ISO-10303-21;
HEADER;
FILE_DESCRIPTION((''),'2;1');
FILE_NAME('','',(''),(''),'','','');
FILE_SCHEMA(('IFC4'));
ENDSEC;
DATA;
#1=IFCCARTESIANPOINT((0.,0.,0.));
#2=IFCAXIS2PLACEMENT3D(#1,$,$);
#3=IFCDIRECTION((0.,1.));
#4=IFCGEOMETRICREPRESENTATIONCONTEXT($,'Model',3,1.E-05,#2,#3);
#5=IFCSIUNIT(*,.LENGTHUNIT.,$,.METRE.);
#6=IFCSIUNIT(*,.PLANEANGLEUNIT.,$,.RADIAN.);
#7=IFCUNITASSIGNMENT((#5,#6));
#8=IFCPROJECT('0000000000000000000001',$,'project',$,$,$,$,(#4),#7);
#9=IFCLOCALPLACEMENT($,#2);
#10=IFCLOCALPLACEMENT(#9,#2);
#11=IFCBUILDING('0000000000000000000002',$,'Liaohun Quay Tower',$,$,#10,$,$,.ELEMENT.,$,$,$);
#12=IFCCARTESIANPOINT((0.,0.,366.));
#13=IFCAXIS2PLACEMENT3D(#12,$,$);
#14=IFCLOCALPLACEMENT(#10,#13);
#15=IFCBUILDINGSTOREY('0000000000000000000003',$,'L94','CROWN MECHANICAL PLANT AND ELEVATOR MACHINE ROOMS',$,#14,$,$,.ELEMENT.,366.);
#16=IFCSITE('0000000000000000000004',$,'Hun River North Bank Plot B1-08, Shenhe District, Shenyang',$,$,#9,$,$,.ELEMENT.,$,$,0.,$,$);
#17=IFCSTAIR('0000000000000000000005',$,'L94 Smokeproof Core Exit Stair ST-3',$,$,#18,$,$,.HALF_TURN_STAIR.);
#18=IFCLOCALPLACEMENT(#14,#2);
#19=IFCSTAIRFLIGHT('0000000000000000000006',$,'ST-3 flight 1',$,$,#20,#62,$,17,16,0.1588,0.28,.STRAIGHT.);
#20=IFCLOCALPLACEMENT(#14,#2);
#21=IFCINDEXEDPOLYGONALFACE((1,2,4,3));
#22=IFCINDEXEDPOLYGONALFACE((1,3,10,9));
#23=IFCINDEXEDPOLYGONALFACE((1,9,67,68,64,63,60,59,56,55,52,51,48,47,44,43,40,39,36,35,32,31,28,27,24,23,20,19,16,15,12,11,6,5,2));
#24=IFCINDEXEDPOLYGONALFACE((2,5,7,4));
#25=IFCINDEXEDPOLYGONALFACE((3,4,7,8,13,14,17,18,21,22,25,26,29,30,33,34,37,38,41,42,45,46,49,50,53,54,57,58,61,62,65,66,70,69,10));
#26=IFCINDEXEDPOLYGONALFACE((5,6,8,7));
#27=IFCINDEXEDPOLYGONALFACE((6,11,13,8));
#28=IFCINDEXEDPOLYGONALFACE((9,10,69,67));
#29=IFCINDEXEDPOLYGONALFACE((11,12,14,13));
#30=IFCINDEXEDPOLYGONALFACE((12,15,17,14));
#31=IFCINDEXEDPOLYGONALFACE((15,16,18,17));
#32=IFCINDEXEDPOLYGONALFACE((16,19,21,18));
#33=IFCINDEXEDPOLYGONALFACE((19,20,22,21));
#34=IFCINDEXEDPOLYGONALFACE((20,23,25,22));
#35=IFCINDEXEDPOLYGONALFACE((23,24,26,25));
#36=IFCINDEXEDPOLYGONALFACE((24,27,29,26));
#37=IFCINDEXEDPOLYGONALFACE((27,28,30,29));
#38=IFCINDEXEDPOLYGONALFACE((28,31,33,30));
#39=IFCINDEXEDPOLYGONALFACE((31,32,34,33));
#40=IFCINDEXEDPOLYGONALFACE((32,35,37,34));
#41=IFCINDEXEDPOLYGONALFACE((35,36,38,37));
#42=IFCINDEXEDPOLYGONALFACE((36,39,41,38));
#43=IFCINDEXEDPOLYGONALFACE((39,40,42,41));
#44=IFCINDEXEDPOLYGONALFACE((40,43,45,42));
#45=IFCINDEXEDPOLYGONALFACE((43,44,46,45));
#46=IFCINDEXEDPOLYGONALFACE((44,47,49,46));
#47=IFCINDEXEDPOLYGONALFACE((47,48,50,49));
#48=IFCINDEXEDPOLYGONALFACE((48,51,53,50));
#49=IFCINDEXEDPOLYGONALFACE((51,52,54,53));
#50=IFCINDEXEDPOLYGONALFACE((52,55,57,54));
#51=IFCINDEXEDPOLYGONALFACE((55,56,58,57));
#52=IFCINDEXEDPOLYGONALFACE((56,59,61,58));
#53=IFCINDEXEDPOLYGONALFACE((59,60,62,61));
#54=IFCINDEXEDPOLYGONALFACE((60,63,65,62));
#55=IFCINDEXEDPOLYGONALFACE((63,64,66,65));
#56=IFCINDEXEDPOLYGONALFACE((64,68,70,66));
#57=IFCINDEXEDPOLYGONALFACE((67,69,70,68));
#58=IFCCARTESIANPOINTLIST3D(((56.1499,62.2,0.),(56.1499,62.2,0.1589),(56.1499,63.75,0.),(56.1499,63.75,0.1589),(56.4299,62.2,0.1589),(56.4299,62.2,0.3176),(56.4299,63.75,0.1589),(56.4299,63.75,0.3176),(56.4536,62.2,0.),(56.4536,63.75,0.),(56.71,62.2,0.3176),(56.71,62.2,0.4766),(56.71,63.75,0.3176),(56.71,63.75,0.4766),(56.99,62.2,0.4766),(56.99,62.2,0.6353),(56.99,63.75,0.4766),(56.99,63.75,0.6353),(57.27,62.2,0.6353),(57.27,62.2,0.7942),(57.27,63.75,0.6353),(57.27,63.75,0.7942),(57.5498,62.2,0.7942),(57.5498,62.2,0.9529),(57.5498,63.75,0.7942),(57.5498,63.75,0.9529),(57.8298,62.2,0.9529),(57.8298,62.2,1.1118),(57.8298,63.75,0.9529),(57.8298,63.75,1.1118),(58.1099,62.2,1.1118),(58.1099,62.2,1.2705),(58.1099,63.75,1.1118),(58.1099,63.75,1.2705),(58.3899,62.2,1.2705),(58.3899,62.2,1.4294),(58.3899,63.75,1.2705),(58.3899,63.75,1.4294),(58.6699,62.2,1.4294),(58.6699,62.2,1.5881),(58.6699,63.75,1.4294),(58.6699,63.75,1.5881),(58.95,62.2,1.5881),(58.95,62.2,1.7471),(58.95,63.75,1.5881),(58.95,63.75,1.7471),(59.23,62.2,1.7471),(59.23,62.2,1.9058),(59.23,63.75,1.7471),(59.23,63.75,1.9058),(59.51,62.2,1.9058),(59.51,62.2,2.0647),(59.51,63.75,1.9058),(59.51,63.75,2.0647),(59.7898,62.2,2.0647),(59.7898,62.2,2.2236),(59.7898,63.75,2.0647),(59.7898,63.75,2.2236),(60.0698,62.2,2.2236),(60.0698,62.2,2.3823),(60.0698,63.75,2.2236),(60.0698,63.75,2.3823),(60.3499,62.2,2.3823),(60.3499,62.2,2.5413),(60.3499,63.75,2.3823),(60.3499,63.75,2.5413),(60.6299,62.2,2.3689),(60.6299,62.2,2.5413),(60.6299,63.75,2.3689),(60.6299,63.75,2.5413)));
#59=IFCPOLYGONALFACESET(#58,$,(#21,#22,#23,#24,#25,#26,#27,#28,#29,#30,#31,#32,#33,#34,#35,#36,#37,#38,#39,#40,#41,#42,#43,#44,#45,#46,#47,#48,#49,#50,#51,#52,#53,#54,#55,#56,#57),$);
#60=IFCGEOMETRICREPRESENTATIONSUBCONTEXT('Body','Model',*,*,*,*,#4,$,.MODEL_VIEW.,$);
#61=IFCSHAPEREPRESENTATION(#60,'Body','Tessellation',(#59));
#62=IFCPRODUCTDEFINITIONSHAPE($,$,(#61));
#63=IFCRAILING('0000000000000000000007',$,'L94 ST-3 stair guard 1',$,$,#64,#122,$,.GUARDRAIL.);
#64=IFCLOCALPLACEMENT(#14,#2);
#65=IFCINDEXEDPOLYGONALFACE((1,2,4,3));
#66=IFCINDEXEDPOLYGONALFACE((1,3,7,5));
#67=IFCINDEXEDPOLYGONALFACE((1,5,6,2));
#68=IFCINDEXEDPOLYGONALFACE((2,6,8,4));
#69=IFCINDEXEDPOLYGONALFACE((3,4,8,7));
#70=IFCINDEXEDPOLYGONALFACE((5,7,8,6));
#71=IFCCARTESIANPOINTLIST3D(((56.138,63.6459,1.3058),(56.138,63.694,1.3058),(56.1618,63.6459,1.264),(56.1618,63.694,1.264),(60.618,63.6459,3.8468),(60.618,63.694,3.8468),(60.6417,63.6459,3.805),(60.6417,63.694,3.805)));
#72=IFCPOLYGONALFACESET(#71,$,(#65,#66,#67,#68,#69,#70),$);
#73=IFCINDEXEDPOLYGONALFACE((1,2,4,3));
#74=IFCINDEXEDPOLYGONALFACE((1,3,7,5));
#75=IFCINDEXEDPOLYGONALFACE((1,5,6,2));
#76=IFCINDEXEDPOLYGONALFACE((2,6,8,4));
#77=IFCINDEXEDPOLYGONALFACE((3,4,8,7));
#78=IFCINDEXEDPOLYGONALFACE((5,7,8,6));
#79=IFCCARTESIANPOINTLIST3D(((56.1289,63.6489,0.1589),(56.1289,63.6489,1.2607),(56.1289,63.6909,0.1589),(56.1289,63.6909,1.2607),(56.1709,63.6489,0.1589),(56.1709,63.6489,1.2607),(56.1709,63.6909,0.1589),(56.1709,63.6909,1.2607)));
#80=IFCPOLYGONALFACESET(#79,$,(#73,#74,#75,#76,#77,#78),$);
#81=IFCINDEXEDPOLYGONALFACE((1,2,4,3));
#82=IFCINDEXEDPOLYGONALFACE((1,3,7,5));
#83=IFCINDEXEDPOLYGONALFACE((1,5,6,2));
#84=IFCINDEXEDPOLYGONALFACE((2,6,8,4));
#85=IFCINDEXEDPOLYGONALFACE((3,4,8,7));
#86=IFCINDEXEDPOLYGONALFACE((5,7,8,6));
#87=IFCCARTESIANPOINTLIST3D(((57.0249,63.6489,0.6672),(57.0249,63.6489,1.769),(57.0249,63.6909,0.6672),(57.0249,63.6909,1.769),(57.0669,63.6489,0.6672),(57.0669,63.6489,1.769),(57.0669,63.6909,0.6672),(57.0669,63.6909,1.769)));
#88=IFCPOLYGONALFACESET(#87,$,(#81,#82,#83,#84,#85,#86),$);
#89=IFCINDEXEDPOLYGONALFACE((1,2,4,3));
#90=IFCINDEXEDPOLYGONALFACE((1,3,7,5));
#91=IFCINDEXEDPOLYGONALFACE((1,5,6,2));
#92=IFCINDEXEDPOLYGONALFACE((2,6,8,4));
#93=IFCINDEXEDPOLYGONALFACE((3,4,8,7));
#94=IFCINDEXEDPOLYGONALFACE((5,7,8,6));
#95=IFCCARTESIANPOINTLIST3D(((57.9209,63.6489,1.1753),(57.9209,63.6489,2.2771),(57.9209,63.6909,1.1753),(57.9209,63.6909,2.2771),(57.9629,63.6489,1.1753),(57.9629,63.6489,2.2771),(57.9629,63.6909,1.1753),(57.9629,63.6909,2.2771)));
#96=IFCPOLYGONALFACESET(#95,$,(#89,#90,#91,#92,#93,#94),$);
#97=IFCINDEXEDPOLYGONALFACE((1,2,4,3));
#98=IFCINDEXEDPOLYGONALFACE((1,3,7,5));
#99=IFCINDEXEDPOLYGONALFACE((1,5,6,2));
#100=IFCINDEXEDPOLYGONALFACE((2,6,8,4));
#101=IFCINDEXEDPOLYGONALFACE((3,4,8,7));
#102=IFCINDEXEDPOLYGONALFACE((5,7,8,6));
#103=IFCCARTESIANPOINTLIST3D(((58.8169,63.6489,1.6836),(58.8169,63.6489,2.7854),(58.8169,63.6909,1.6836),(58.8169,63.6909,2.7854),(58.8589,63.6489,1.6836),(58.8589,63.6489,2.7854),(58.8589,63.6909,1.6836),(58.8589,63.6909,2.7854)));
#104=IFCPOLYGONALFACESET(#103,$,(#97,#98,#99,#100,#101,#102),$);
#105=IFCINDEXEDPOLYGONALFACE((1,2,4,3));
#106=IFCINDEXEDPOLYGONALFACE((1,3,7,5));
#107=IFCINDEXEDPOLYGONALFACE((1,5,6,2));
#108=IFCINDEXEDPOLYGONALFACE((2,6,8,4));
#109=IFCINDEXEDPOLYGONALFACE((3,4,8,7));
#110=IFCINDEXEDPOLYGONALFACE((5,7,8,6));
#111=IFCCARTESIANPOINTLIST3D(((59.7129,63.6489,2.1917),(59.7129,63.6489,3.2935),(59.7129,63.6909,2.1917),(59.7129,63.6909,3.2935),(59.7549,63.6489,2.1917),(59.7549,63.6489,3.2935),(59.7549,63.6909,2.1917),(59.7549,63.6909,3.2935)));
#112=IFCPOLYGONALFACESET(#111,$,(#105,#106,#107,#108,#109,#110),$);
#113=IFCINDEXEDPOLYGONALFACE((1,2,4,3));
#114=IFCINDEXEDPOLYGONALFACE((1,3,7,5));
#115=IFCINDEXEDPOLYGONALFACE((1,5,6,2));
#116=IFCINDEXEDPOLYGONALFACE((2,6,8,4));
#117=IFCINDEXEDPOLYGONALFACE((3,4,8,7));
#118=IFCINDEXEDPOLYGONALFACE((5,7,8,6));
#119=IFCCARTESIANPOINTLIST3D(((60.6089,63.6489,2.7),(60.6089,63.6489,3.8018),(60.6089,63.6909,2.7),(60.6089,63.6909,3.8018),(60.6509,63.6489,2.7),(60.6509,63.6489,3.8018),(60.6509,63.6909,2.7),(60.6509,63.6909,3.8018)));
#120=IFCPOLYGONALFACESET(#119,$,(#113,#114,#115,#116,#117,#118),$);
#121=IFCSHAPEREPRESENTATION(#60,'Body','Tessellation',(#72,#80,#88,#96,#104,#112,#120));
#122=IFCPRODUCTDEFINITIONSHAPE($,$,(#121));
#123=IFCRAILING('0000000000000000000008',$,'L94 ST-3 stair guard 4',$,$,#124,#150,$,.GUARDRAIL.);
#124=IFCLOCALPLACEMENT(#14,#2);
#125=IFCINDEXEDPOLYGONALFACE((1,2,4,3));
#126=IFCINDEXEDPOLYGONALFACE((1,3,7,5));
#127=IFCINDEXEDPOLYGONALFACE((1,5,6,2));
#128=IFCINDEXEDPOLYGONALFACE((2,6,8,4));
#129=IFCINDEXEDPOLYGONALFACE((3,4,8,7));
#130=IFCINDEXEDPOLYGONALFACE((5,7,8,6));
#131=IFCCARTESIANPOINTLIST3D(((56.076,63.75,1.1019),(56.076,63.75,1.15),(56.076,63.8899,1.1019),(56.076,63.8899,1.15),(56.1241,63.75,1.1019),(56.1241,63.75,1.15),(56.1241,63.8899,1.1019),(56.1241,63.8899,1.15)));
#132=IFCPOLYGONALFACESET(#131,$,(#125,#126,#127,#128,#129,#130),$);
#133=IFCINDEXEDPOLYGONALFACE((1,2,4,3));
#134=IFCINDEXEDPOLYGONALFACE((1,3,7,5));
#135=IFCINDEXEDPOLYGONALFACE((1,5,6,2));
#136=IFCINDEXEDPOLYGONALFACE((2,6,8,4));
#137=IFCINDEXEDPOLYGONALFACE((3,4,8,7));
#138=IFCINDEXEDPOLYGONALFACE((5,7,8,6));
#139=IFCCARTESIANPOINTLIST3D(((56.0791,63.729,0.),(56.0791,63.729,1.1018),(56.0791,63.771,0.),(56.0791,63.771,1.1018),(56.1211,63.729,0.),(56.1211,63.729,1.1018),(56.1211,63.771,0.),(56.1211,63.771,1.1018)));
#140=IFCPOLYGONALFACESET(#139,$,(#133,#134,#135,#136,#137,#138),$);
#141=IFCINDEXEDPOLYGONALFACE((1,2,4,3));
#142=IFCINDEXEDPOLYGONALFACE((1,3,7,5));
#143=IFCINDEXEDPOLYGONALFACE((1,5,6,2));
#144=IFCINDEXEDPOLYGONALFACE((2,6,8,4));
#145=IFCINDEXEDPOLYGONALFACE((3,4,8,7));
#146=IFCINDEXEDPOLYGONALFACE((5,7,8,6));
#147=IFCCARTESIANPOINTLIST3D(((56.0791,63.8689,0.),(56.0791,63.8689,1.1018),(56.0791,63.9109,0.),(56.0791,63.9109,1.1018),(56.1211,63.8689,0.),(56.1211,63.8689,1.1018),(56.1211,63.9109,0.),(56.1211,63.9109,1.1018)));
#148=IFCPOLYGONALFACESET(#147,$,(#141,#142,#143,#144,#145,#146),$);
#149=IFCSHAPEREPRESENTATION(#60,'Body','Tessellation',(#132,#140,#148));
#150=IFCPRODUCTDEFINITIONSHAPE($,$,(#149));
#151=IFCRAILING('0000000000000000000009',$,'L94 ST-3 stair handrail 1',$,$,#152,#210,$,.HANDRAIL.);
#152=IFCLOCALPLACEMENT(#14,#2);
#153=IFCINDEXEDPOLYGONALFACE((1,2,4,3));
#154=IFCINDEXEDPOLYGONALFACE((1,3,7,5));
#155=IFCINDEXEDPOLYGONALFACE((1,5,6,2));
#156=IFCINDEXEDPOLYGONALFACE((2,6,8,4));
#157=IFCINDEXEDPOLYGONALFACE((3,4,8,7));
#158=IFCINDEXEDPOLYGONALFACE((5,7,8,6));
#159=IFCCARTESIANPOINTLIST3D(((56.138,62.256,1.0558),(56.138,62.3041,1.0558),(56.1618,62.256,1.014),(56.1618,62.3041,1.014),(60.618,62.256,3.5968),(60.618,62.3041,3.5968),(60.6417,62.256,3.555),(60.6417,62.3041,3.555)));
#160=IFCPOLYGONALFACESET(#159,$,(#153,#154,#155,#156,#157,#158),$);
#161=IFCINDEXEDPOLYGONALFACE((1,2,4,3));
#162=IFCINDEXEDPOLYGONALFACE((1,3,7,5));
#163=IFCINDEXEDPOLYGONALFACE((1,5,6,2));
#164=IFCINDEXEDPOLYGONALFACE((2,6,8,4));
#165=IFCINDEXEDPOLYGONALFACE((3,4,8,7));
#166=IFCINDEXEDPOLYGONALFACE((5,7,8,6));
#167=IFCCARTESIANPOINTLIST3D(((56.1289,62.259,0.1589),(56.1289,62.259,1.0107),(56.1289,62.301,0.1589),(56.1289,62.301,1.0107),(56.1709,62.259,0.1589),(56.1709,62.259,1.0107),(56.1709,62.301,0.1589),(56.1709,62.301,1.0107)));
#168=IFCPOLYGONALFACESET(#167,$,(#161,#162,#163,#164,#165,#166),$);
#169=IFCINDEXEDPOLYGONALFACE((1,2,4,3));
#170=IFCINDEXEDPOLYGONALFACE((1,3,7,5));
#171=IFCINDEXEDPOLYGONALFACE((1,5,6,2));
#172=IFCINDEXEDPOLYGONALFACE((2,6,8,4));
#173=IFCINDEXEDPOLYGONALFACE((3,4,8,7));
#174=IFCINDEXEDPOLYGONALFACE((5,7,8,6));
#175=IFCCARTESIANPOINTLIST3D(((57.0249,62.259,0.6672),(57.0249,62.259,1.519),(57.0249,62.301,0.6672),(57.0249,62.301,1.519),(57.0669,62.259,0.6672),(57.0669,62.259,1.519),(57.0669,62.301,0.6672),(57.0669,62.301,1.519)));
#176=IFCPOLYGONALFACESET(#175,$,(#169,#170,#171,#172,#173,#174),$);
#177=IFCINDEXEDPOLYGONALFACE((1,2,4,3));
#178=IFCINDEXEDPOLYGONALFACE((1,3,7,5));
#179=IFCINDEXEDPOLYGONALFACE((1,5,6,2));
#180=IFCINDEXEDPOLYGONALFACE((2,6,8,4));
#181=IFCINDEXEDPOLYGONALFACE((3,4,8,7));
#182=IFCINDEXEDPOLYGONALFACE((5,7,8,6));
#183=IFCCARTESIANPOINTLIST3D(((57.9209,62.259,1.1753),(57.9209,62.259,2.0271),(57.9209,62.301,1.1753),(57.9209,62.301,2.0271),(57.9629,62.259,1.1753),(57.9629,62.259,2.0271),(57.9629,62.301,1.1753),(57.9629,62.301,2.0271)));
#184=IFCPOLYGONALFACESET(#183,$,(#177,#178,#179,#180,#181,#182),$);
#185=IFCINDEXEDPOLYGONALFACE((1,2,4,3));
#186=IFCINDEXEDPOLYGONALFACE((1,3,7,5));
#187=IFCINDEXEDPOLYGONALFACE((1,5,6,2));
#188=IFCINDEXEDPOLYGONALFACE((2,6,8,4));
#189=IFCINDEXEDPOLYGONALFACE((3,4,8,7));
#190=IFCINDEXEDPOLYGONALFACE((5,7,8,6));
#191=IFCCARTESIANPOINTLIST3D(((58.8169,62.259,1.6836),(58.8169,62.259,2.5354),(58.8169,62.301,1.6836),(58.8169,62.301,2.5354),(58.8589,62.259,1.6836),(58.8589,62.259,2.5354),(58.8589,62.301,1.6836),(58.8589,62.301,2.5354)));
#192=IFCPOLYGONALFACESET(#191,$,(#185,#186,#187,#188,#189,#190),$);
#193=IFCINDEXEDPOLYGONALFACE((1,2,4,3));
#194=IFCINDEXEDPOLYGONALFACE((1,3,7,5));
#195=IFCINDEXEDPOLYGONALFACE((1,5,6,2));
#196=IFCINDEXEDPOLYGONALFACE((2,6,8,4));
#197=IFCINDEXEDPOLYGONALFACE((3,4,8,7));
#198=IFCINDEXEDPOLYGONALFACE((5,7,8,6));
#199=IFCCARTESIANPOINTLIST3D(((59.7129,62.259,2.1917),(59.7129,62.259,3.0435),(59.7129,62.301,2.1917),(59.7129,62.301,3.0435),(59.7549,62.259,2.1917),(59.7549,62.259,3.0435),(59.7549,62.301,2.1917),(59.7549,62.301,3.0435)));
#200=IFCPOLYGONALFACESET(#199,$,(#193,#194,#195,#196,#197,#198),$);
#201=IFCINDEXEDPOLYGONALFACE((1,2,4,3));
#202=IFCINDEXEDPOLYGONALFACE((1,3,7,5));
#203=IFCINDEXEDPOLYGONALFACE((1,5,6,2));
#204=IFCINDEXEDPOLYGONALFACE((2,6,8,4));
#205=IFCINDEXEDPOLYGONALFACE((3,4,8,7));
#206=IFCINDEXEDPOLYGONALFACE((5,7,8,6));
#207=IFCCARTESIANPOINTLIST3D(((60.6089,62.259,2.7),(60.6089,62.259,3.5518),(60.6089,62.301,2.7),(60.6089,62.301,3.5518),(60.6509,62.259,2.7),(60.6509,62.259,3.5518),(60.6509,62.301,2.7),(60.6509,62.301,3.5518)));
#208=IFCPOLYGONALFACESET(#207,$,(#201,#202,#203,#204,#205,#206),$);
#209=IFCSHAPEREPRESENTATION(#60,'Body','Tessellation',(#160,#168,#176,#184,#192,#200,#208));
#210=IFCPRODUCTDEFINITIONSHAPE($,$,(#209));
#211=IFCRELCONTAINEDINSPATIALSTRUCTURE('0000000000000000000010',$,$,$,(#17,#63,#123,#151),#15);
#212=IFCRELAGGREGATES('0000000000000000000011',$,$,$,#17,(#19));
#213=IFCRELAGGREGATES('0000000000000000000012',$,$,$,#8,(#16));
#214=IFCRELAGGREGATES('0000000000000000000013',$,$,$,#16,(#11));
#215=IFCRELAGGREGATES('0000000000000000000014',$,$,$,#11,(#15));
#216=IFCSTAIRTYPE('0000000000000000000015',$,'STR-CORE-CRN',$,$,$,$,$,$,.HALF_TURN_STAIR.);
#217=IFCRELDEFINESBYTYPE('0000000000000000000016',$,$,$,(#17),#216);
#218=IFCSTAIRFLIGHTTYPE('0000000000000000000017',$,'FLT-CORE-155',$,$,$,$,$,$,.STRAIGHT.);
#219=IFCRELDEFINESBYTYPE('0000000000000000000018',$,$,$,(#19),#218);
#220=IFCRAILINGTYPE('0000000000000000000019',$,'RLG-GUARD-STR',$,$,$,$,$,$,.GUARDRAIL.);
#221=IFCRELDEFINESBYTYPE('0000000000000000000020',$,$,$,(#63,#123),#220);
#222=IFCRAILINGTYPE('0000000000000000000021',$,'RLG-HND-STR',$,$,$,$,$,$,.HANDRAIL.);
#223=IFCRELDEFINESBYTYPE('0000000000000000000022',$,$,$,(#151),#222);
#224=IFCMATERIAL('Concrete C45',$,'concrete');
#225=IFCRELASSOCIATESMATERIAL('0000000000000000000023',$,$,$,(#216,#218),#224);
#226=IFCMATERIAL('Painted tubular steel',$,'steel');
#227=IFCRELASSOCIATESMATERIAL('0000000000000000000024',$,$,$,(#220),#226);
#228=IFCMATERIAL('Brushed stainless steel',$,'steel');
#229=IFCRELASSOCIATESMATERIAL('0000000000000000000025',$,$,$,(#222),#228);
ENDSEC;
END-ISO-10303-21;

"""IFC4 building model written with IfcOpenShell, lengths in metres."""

from ifc_helpers import new_model, si_unit, direction, frame, origin, origin_2d, place, context, subcontext, project, spatial, polyline, rectangle, outline, extrude, material, type_object, element, aggregate, save


model = new_model("IFC4")

# Units and contexts
model_context = context("Model", 3, precision=1e-05, world=origin(), true_north=direction((0.0, 1.0)))
body_context = subcontext(model_context, "Body", "Model", "MODEL_VIEW")
ifc_project = project(units=[si_unit("LENGTHUNIT", "METRE"), si_unit("PLANEANGLEUNIT", "RADIAN")], contexts=[model_context])

# Site, building, storey
site_placement = place(None, origin())
site = spatial("IfcSite", under=ifc_project, at=site_placement, Name="Hun River North Bank Plot B1-08, Shenhe District, Shenyang", CompositionType="ELEMENT", RefElevation=0.0)
building_placement = place(site_placement, origin())
building = spatial("IfcBuilding", under=site, at=building_placement, Name="Liaohun Quay Tower", CompositionType="ELEMENT")
storey_placement = place(building_placement, frame((0.0, 0.0, 366.0)))
storey = spatial("IfcBuildingStorey", under=building, at=storey_placement, Name="L94", Description="CROWN MECHANICAL PLANT AND ELEVATOR MACHINE ROOMS", CompositionType="ELEMENT", Elevation=366.0)

# Stair, stair flight
ifc_material_1 = material(Name="Concrete C45", Category="concrete")
stair_type = type_object("IfcStairType", Name="STR-CORE-CRN", PredefinedType="HALF_TURN_STAIR", material=ifc_material_1)
stair_placement = place(storey_placement, origin())
stair = element("IfcStair", 1, at=stair_placement, inside=storey, type_object=stair_type, Name="L94 Smokeproof Core Exit Stair ST-3", PredefinedType="HALF_TURN_STAIR")
stair_flight_type = type_object("IfcStairFlightType", Name="FLT-CORE-155", PredefinedType="STRAIGHT", material=ifc_material_1)
stair_flight_placement = place(storey_placement, frame((56.1499, 62.9751, 0.0), z_axis=(0.0, 0.0, 1.0), x_axis=(1.0, 0.0, 0.0)))
stair_flight = element("IfcStairFlight", 2, at=stair_flight_placement, type_object=stair_flight_type, Name="ST-3 flight 1", NumberOfRisers=17, NumberOfTreads=16, PredefinedType="STRAIGHT", RiserHeight=0.1588, TreadLength=0.28, context=body_context, shape_type="SweptSolid", body=[
    extrude(outline(polyline([(0.0, 0.0), (0.0, 0.1589), (0.28, 0.1589), (0.28, 0.3176), (0.5601, 0.3176), (0.5601, 0.4766), (0.8401, 0.4766), (0.8401, 0.6353), (1.1201, 0.6353), (1.1201, 0.7942), (1.3999, 0.7942), (1.3999, 0.9529), (1.6799, 0.9529), (1.6799, 1.1118), (1.96, 1.1118), (1.96, 1.2705), (2.24, 1.2705), (2.24, 1.4294), (2.52, 1.4294), (2.52, 1.5881), (2.8, 1.5881), (2.8, 1.7471), (3.0801, 1.7471), (3.0801, 1.9058), (3.3601, 1.9058), (3.3601, 2.0647), (3.6399, 2.0647), (3.6399, 2.2236), (3.9199, 2.2236), (3.9199, 2.3823), (4.2, 2.3823), (4.2, 2.5413), (4.48, 2.5413), (4.48, 2.7), (4.48, 2.3689), (0.3037, 0.0), (0.0, 0.0)])), frame((0.0, 0.7749, 0.0), z_axis=(0.0, -1.0, 0.0), x_axis=(1.0, 0.0, 0.0)), (0.0, 0.0, 1.0), 1.55),
])
aggregate(stair, [stair_flight])

# Railings
ifc_material_2 = material(Name="Painted tubular steel", Category="steel")
railing_type_1 = type_object("IfcRailingType", Name="RLG-GUARD-STR", PredefinedType="GUARDRAIL", material=ifc_material_2)
railing_1_placement = place(storey_placement, frame((56.1499, 63.6699, 0.1589)))
element("IfcRailing", 3, at=railing_1_placement, inside=storey, type_object=railing_type_1, Name="L94 ST-3 stair guard 1", PredefinedType="GUARDRAIL", context=body_context, shape_type="SweptSolid", body=[
    extrude(rectangle(XDim=0.0481, YDim=0.0481, at=origin_2d()), frame((0.0, 0.0, 1.126), z_axis=(0.869826, 0.0, 0.493359), x_axis=(0.0, 1.0, 0.0)), (0.0, 0.0, 1.0), 5.1504),
    extrude(rectangle(XDim=0.042, YDim=0.042, at=origin_2d()), origin(), (0.0, 0.0, 1.0), 1.1018),
    extrude(rectangle(XDim=0.042, YDim=0.042, at=origin_2d()), frame((0.896, 0.0, 0.5083)), (0.0, 0.0, 1.0), 1.1018),
    extrude(rectangle(XDim=0.042, YDim=0.042, at=origin_2d()), frame((1.792, 0.0, 1.0164)), (0.0, 0.0, 1.0), 1.1018),
    extrude(rectangle(XDim=0.042, YDim=0.042, at=origin_2d()), frame((2.688, 0.0, 1.5247)), (0.0, 0.0, 1.0), 1.1018),
    extrude(rectangle(XDim=0.042, YDim=0.042, at=origin_2d()), frame((3.584, 0.0, 2.0327)), (0.0, 0.0, 1.0), 1.1018),
    extrude(rectangle(XDim=0.042, YDim=0.042, at=origin_2d()), frame((4.48, 0.0, 2.541)), (0.0, 0.0, 1.0), 1.1018),
])
railing_2_placement = place(storey_placement, frame((56.1001, 63.75, 0.0)))
element("IfcRailing", 4, at=railing_2_placement, inside=storey, type_object=railing_type_1, Name="L94 ST-3 stair guard 4", PredefinedType="GUARDRAIL", context=body_context, shape_type="SweptSolid", body=[
    extrude(rectangle(XDim=0.0481, YDim=0.0481, at=origin_2d()), frame((0.0, 0.0, 1.126), z_axis=(0.0, 1.0, 0.0), x_axis=(-1.0, 0.0, 0.0)), (0.0, 0.0, 1.0), 0.1399),
    extrude(rectangle(XDim=0.042, YDim=0.042, at=origin_2d()), origin(), (0.0, 0.0, 1.0), 1.1018),
    extrude(rectangle(XDim=0.042, YDim=0.042, at=origin_2d()), frame((0.0, 0.1399, 0.0)), (0.0, 0.0, 1.0), 1.1018),
])
ifc_material_3 = material(Name="Brushed stainless steel", Category="steel")
railing_type_2 = type_object("IfcRailingType", Name="RLG-HND-STR", PredefinedType="HANDRAIL", material=ifc_material_3)
railing_3_placement = place(storey_placement, frame((56.1499, 62.28, 0.1589)))
element("IfcRailing", 5, at=railing_3_placement, inside=storey, type_object=railing_type_2, Name="L94 ST-3 stair handrail 1", PredefinedType="HANDRAIL", context=body_context, shape_type="SweptSolid", body=[
    extrude(rectangle(XDim=0.0481, YDim=0.0481, at=origin_2d()), frame((0.0, 0.0, 0.876), z_axis=(0.869826, 0.0, 0.493359), x_axis=(0.0, 1.0, 0.0)), (0.0, 0.0, 1.0), 5.1504),
    extrude(rectangle(XDim=0.042, YDim=0.042, at=origin_2d()), origin(), (0.0, 0.0, 1.0), 0.8518),
    extrude(rectangle(XDim=0.042, YDim=0.042, at=origin_2d()), frame((0.896, 0.0, 0.5083)), (0.0, 0.0, 1.0), 0.8518),
    extrude(rectangle(XDim=0.042, YDim=0.042, at=origin_2d()), frame((1.792, 0.0, 1.0164)), (0.0, 0.0, 1.0), 0.8518),
    extrude(rectangle(XDim=0.042, YDim=0.042, at=origin_2d()), frame((2.688, 0.0, 1.5247)), (0.0, 0.0, 1.0), 0.8518),
    extrude(rectangle(XDim=0.042, YDim=0.042, at=origin_2d()), frame((3.584, 0.0, 2.0327)), (0.0, 0.0, 1.0), 0.8518),
    extrude(rectangle(XDim=0.042, YDim=0.042, at=origin_2d()), frame((4.48, 0.0, 2.541)), (0.0, 0.0, 1.0), 0.8518),
])

save(model, "model.ifc")
